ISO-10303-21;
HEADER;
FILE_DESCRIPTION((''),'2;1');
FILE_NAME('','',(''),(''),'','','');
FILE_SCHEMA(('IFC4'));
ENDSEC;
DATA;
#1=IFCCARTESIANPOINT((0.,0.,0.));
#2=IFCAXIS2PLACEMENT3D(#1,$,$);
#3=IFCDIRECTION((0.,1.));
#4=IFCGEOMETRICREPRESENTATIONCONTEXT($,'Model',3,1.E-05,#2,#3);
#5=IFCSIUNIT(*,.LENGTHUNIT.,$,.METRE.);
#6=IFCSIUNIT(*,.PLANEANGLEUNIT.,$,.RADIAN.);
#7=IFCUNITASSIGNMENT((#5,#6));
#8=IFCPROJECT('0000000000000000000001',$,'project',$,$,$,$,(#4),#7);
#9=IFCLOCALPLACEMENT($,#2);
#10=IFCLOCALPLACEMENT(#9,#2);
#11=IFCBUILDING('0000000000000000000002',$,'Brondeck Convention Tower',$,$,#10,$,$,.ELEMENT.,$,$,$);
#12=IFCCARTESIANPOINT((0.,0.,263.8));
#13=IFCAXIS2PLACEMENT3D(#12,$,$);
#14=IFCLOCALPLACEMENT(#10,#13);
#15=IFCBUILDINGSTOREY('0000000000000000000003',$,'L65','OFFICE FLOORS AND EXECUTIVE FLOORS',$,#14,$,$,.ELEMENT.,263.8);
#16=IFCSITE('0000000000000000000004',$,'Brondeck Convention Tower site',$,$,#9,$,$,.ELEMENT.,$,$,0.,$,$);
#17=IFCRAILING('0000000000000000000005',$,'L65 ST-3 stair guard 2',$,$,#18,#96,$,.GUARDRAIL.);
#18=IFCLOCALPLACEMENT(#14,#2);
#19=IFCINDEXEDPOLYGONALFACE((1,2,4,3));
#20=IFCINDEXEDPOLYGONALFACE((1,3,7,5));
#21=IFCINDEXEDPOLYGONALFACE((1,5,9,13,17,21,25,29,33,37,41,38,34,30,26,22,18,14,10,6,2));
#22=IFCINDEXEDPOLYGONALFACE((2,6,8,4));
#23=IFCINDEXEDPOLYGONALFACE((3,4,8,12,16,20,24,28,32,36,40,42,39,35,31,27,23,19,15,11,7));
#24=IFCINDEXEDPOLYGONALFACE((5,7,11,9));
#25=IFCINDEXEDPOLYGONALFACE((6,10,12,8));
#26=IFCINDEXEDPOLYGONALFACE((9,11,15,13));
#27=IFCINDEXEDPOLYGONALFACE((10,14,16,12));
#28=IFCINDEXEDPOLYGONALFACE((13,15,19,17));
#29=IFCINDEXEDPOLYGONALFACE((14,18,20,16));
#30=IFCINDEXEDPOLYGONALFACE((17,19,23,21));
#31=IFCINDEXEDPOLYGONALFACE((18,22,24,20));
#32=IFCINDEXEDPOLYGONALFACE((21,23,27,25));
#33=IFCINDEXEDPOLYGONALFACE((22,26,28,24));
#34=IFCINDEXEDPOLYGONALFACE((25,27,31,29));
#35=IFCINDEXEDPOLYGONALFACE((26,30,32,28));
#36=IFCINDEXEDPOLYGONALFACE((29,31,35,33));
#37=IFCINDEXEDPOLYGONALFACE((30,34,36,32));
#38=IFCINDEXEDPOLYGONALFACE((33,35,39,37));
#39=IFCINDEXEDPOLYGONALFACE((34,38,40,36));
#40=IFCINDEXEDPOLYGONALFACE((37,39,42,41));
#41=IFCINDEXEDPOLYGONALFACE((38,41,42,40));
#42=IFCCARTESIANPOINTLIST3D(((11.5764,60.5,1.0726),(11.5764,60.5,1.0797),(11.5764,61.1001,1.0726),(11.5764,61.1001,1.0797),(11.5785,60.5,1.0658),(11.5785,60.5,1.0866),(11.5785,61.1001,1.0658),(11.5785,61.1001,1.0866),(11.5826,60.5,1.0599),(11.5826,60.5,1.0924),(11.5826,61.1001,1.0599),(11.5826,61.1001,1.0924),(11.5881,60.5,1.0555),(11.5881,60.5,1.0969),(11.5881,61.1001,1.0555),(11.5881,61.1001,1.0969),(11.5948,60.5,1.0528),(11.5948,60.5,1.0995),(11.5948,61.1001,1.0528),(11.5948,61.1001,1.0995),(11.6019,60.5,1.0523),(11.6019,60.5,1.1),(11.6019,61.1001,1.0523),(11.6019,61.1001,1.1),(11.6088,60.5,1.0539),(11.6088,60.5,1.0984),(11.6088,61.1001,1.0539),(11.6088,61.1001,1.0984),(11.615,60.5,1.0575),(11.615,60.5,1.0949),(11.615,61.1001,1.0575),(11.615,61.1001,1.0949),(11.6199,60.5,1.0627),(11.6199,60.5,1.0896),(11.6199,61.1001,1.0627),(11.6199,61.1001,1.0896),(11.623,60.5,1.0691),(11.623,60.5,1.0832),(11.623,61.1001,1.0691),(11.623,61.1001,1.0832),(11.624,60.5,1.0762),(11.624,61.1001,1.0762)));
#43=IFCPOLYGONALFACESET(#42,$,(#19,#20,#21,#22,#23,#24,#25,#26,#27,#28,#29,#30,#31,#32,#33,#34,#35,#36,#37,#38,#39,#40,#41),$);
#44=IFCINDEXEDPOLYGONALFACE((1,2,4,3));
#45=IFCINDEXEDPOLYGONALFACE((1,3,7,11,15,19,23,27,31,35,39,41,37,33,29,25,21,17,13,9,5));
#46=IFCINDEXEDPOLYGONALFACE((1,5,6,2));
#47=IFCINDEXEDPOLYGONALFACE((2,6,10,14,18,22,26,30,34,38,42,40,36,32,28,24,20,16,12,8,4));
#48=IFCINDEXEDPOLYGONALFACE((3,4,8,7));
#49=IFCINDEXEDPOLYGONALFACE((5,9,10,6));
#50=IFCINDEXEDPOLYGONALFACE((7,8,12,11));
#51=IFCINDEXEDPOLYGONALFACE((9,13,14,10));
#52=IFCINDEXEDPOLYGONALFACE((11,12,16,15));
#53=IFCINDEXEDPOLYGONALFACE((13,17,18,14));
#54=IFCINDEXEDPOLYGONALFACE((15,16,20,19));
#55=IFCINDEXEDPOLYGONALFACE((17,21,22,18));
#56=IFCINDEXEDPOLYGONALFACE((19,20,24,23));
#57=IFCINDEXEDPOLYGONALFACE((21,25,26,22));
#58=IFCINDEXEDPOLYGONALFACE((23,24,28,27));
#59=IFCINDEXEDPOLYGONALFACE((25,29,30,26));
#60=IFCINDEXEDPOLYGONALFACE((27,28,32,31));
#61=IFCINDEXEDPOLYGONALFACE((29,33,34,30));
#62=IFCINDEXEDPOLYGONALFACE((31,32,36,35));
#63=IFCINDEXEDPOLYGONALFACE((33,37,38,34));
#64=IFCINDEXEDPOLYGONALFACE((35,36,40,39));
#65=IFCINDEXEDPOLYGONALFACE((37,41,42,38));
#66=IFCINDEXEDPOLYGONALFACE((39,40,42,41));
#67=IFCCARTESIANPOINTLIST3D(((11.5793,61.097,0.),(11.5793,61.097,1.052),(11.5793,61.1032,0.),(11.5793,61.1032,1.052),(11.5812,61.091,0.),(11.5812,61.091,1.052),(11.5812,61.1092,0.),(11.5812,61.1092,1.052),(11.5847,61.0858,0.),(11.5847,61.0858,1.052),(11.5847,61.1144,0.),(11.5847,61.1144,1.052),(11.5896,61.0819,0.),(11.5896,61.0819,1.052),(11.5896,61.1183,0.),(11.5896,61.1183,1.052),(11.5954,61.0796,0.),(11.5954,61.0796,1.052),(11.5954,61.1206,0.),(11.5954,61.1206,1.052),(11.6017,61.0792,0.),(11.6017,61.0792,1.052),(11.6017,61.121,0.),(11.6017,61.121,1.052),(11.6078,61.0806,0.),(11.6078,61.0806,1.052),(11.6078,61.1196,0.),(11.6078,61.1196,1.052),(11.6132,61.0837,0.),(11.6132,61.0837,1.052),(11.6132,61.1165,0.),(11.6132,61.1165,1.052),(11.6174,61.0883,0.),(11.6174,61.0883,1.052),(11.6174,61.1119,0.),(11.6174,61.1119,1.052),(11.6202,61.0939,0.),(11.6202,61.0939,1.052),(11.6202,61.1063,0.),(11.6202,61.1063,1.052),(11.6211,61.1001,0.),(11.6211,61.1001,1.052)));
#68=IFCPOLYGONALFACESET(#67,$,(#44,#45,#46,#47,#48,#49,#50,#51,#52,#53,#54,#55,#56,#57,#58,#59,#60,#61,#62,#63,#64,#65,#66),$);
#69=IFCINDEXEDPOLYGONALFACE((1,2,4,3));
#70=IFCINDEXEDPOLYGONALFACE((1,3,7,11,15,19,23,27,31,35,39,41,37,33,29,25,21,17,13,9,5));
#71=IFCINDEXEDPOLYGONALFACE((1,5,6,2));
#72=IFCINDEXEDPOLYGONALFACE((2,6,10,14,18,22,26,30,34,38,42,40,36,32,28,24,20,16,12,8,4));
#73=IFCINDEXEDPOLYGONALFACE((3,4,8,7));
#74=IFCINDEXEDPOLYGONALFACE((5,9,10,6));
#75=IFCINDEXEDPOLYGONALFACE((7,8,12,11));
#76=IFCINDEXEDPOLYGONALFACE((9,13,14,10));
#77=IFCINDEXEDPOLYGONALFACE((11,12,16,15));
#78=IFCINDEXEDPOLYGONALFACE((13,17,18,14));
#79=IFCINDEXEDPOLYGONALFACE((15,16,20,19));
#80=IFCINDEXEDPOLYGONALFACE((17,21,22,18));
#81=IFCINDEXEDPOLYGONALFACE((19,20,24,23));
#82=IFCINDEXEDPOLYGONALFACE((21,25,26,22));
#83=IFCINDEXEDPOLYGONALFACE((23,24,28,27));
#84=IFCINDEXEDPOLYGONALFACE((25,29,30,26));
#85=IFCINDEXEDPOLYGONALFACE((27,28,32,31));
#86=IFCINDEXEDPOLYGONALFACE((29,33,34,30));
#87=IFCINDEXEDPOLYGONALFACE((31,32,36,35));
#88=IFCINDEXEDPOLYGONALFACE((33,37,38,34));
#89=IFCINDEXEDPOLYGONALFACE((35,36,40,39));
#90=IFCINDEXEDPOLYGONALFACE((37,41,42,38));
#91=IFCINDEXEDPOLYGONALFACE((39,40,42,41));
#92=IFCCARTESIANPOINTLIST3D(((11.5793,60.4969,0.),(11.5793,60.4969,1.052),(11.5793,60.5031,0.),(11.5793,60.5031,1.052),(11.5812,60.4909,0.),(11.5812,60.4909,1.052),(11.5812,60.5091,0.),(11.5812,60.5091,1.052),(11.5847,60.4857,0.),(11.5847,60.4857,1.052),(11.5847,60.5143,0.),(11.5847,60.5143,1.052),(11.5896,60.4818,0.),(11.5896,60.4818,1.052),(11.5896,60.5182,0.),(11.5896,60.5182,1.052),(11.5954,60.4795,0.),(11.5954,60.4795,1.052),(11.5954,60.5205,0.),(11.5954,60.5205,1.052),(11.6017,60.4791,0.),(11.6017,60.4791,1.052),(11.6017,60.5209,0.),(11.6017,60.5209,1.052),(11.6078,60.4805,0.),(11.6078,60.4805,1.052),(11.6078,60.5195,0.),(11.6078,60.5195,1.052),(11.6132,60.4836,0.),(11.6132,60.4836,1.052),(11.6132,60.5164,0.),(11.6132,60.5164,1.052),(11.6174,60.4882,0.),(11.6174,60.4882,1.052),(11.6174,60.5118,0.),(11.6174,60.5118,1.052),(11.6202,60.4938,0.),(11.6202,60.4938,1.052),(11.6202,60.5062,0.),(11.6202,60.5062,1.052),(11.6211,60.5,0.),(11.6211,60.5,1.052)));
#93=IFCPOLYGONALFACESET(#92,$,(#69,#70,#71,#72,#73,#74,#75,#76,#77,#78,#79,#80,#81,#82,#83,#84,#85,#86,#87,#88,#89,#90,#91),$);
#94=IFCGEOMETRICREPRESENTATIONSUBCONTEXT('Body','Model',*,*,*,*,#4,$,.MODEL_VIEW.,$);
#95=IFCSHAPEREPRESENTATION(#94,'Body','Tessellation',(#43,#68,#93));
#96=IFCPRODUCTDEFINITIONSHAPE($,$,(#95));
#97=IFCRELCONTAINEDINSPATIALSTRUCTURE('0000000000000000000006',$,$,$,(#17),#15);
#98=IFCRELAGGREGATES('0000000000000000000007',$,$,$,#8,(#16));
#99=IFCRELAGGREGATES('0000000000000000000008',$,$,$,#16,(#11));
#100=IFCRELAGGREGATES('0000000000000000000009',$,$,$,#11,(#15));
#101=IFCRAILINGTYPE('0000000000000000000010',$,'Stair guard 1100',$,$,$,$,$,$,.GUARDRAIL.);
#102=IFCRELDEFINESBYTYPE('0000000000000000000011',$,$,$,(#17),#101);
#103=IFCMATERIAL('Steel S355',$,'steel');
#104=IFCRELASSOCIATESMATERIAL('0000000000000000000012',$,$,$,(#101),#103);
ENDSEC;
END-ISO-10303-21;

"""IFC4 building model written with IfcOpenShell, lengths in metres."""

from ifc_helpers import new_model, si_unit, direction, frame, origin, origin_2d, place, context, subcontext, project, spatial, circle, extrude, material, type_object, element, save


model = new_model("IFC4")

# Units and contexts
model_context = context("Model", 3, precision=1e-05, world=origin(), true_north=direction((0.0, 1.0)))
body_context = subcontext(model_context, "Body", "Model", "MODEL_VIEW")
ifc_project = project(units=[si_unit("LENGTHUNIT", "METRE"), si_unit("PLANEANGLEUNIT", "RADIAN")], contexts=[model_context])

# Site, building, storey
site_placement = place(None, origin())
site = spatial("IfcSite", under=ifc_project, at=site_placement, Name="Brondeck Convention Tower site", CompositionType="ELEMENT", RefElevation=0.0)
building_placement = place(site_placement, origin())
building = spatial("IfcBuilding", under=site, at=building_placement, Name="Brondeck Convention Tower", CompositionType="ELEMENT")
storey_placement = place(building_placement, frame((0.0, 0.0, 263.8)))
storey = spatial("IfcBuildingStorey", under=building, at=storey_placement, Name="L65", Description="OFFICE FLOORS AND EXECUTIVE FLOORS", CompositionType="ELEMENT", Elevation=263.8)

# Railing
ifc_material_1 = material(Name="Steel S355", Category="steel")
railing_type_1 = type_object("IfcRailingType", Name="Stair guard 1100", PredefinedType="GUARDRAIL", material=ifc_material_1)
railing_1_placement = place(storey_placement, frame((11.6001, 61.1001, 0.0)))
element("IfcRailing", 1, at=railing_1_placement, inside=storey, type_object=railing_type_1, Name="L65 ST-3 stair guard 2", PredefinedType="GUARDRAIL", context=body_context, shape_type="SweptSolid", body=[
    extrude(circle(Radius=0.0239, at=origin_2d()), frame((0.0, 0.0, 1.0762), z_axis=(0.0, -1.0, 0.0), x_axis=(1.0, 0.0, 0.0)), (0.0, 0.0, 1.0), 0.6001),
    extrude(circle(Radius=0.021, at=origin_2d()), origin(), (0.0, 0.0, 1.0), 1.052),
    extrude(circle(Radius=0.021, at=origin_2d()), frame((0.0, -0.6001, 0.0)), (0.0, 0.0, 1.0), 1.052),
])

save(model, "model.ifc")
